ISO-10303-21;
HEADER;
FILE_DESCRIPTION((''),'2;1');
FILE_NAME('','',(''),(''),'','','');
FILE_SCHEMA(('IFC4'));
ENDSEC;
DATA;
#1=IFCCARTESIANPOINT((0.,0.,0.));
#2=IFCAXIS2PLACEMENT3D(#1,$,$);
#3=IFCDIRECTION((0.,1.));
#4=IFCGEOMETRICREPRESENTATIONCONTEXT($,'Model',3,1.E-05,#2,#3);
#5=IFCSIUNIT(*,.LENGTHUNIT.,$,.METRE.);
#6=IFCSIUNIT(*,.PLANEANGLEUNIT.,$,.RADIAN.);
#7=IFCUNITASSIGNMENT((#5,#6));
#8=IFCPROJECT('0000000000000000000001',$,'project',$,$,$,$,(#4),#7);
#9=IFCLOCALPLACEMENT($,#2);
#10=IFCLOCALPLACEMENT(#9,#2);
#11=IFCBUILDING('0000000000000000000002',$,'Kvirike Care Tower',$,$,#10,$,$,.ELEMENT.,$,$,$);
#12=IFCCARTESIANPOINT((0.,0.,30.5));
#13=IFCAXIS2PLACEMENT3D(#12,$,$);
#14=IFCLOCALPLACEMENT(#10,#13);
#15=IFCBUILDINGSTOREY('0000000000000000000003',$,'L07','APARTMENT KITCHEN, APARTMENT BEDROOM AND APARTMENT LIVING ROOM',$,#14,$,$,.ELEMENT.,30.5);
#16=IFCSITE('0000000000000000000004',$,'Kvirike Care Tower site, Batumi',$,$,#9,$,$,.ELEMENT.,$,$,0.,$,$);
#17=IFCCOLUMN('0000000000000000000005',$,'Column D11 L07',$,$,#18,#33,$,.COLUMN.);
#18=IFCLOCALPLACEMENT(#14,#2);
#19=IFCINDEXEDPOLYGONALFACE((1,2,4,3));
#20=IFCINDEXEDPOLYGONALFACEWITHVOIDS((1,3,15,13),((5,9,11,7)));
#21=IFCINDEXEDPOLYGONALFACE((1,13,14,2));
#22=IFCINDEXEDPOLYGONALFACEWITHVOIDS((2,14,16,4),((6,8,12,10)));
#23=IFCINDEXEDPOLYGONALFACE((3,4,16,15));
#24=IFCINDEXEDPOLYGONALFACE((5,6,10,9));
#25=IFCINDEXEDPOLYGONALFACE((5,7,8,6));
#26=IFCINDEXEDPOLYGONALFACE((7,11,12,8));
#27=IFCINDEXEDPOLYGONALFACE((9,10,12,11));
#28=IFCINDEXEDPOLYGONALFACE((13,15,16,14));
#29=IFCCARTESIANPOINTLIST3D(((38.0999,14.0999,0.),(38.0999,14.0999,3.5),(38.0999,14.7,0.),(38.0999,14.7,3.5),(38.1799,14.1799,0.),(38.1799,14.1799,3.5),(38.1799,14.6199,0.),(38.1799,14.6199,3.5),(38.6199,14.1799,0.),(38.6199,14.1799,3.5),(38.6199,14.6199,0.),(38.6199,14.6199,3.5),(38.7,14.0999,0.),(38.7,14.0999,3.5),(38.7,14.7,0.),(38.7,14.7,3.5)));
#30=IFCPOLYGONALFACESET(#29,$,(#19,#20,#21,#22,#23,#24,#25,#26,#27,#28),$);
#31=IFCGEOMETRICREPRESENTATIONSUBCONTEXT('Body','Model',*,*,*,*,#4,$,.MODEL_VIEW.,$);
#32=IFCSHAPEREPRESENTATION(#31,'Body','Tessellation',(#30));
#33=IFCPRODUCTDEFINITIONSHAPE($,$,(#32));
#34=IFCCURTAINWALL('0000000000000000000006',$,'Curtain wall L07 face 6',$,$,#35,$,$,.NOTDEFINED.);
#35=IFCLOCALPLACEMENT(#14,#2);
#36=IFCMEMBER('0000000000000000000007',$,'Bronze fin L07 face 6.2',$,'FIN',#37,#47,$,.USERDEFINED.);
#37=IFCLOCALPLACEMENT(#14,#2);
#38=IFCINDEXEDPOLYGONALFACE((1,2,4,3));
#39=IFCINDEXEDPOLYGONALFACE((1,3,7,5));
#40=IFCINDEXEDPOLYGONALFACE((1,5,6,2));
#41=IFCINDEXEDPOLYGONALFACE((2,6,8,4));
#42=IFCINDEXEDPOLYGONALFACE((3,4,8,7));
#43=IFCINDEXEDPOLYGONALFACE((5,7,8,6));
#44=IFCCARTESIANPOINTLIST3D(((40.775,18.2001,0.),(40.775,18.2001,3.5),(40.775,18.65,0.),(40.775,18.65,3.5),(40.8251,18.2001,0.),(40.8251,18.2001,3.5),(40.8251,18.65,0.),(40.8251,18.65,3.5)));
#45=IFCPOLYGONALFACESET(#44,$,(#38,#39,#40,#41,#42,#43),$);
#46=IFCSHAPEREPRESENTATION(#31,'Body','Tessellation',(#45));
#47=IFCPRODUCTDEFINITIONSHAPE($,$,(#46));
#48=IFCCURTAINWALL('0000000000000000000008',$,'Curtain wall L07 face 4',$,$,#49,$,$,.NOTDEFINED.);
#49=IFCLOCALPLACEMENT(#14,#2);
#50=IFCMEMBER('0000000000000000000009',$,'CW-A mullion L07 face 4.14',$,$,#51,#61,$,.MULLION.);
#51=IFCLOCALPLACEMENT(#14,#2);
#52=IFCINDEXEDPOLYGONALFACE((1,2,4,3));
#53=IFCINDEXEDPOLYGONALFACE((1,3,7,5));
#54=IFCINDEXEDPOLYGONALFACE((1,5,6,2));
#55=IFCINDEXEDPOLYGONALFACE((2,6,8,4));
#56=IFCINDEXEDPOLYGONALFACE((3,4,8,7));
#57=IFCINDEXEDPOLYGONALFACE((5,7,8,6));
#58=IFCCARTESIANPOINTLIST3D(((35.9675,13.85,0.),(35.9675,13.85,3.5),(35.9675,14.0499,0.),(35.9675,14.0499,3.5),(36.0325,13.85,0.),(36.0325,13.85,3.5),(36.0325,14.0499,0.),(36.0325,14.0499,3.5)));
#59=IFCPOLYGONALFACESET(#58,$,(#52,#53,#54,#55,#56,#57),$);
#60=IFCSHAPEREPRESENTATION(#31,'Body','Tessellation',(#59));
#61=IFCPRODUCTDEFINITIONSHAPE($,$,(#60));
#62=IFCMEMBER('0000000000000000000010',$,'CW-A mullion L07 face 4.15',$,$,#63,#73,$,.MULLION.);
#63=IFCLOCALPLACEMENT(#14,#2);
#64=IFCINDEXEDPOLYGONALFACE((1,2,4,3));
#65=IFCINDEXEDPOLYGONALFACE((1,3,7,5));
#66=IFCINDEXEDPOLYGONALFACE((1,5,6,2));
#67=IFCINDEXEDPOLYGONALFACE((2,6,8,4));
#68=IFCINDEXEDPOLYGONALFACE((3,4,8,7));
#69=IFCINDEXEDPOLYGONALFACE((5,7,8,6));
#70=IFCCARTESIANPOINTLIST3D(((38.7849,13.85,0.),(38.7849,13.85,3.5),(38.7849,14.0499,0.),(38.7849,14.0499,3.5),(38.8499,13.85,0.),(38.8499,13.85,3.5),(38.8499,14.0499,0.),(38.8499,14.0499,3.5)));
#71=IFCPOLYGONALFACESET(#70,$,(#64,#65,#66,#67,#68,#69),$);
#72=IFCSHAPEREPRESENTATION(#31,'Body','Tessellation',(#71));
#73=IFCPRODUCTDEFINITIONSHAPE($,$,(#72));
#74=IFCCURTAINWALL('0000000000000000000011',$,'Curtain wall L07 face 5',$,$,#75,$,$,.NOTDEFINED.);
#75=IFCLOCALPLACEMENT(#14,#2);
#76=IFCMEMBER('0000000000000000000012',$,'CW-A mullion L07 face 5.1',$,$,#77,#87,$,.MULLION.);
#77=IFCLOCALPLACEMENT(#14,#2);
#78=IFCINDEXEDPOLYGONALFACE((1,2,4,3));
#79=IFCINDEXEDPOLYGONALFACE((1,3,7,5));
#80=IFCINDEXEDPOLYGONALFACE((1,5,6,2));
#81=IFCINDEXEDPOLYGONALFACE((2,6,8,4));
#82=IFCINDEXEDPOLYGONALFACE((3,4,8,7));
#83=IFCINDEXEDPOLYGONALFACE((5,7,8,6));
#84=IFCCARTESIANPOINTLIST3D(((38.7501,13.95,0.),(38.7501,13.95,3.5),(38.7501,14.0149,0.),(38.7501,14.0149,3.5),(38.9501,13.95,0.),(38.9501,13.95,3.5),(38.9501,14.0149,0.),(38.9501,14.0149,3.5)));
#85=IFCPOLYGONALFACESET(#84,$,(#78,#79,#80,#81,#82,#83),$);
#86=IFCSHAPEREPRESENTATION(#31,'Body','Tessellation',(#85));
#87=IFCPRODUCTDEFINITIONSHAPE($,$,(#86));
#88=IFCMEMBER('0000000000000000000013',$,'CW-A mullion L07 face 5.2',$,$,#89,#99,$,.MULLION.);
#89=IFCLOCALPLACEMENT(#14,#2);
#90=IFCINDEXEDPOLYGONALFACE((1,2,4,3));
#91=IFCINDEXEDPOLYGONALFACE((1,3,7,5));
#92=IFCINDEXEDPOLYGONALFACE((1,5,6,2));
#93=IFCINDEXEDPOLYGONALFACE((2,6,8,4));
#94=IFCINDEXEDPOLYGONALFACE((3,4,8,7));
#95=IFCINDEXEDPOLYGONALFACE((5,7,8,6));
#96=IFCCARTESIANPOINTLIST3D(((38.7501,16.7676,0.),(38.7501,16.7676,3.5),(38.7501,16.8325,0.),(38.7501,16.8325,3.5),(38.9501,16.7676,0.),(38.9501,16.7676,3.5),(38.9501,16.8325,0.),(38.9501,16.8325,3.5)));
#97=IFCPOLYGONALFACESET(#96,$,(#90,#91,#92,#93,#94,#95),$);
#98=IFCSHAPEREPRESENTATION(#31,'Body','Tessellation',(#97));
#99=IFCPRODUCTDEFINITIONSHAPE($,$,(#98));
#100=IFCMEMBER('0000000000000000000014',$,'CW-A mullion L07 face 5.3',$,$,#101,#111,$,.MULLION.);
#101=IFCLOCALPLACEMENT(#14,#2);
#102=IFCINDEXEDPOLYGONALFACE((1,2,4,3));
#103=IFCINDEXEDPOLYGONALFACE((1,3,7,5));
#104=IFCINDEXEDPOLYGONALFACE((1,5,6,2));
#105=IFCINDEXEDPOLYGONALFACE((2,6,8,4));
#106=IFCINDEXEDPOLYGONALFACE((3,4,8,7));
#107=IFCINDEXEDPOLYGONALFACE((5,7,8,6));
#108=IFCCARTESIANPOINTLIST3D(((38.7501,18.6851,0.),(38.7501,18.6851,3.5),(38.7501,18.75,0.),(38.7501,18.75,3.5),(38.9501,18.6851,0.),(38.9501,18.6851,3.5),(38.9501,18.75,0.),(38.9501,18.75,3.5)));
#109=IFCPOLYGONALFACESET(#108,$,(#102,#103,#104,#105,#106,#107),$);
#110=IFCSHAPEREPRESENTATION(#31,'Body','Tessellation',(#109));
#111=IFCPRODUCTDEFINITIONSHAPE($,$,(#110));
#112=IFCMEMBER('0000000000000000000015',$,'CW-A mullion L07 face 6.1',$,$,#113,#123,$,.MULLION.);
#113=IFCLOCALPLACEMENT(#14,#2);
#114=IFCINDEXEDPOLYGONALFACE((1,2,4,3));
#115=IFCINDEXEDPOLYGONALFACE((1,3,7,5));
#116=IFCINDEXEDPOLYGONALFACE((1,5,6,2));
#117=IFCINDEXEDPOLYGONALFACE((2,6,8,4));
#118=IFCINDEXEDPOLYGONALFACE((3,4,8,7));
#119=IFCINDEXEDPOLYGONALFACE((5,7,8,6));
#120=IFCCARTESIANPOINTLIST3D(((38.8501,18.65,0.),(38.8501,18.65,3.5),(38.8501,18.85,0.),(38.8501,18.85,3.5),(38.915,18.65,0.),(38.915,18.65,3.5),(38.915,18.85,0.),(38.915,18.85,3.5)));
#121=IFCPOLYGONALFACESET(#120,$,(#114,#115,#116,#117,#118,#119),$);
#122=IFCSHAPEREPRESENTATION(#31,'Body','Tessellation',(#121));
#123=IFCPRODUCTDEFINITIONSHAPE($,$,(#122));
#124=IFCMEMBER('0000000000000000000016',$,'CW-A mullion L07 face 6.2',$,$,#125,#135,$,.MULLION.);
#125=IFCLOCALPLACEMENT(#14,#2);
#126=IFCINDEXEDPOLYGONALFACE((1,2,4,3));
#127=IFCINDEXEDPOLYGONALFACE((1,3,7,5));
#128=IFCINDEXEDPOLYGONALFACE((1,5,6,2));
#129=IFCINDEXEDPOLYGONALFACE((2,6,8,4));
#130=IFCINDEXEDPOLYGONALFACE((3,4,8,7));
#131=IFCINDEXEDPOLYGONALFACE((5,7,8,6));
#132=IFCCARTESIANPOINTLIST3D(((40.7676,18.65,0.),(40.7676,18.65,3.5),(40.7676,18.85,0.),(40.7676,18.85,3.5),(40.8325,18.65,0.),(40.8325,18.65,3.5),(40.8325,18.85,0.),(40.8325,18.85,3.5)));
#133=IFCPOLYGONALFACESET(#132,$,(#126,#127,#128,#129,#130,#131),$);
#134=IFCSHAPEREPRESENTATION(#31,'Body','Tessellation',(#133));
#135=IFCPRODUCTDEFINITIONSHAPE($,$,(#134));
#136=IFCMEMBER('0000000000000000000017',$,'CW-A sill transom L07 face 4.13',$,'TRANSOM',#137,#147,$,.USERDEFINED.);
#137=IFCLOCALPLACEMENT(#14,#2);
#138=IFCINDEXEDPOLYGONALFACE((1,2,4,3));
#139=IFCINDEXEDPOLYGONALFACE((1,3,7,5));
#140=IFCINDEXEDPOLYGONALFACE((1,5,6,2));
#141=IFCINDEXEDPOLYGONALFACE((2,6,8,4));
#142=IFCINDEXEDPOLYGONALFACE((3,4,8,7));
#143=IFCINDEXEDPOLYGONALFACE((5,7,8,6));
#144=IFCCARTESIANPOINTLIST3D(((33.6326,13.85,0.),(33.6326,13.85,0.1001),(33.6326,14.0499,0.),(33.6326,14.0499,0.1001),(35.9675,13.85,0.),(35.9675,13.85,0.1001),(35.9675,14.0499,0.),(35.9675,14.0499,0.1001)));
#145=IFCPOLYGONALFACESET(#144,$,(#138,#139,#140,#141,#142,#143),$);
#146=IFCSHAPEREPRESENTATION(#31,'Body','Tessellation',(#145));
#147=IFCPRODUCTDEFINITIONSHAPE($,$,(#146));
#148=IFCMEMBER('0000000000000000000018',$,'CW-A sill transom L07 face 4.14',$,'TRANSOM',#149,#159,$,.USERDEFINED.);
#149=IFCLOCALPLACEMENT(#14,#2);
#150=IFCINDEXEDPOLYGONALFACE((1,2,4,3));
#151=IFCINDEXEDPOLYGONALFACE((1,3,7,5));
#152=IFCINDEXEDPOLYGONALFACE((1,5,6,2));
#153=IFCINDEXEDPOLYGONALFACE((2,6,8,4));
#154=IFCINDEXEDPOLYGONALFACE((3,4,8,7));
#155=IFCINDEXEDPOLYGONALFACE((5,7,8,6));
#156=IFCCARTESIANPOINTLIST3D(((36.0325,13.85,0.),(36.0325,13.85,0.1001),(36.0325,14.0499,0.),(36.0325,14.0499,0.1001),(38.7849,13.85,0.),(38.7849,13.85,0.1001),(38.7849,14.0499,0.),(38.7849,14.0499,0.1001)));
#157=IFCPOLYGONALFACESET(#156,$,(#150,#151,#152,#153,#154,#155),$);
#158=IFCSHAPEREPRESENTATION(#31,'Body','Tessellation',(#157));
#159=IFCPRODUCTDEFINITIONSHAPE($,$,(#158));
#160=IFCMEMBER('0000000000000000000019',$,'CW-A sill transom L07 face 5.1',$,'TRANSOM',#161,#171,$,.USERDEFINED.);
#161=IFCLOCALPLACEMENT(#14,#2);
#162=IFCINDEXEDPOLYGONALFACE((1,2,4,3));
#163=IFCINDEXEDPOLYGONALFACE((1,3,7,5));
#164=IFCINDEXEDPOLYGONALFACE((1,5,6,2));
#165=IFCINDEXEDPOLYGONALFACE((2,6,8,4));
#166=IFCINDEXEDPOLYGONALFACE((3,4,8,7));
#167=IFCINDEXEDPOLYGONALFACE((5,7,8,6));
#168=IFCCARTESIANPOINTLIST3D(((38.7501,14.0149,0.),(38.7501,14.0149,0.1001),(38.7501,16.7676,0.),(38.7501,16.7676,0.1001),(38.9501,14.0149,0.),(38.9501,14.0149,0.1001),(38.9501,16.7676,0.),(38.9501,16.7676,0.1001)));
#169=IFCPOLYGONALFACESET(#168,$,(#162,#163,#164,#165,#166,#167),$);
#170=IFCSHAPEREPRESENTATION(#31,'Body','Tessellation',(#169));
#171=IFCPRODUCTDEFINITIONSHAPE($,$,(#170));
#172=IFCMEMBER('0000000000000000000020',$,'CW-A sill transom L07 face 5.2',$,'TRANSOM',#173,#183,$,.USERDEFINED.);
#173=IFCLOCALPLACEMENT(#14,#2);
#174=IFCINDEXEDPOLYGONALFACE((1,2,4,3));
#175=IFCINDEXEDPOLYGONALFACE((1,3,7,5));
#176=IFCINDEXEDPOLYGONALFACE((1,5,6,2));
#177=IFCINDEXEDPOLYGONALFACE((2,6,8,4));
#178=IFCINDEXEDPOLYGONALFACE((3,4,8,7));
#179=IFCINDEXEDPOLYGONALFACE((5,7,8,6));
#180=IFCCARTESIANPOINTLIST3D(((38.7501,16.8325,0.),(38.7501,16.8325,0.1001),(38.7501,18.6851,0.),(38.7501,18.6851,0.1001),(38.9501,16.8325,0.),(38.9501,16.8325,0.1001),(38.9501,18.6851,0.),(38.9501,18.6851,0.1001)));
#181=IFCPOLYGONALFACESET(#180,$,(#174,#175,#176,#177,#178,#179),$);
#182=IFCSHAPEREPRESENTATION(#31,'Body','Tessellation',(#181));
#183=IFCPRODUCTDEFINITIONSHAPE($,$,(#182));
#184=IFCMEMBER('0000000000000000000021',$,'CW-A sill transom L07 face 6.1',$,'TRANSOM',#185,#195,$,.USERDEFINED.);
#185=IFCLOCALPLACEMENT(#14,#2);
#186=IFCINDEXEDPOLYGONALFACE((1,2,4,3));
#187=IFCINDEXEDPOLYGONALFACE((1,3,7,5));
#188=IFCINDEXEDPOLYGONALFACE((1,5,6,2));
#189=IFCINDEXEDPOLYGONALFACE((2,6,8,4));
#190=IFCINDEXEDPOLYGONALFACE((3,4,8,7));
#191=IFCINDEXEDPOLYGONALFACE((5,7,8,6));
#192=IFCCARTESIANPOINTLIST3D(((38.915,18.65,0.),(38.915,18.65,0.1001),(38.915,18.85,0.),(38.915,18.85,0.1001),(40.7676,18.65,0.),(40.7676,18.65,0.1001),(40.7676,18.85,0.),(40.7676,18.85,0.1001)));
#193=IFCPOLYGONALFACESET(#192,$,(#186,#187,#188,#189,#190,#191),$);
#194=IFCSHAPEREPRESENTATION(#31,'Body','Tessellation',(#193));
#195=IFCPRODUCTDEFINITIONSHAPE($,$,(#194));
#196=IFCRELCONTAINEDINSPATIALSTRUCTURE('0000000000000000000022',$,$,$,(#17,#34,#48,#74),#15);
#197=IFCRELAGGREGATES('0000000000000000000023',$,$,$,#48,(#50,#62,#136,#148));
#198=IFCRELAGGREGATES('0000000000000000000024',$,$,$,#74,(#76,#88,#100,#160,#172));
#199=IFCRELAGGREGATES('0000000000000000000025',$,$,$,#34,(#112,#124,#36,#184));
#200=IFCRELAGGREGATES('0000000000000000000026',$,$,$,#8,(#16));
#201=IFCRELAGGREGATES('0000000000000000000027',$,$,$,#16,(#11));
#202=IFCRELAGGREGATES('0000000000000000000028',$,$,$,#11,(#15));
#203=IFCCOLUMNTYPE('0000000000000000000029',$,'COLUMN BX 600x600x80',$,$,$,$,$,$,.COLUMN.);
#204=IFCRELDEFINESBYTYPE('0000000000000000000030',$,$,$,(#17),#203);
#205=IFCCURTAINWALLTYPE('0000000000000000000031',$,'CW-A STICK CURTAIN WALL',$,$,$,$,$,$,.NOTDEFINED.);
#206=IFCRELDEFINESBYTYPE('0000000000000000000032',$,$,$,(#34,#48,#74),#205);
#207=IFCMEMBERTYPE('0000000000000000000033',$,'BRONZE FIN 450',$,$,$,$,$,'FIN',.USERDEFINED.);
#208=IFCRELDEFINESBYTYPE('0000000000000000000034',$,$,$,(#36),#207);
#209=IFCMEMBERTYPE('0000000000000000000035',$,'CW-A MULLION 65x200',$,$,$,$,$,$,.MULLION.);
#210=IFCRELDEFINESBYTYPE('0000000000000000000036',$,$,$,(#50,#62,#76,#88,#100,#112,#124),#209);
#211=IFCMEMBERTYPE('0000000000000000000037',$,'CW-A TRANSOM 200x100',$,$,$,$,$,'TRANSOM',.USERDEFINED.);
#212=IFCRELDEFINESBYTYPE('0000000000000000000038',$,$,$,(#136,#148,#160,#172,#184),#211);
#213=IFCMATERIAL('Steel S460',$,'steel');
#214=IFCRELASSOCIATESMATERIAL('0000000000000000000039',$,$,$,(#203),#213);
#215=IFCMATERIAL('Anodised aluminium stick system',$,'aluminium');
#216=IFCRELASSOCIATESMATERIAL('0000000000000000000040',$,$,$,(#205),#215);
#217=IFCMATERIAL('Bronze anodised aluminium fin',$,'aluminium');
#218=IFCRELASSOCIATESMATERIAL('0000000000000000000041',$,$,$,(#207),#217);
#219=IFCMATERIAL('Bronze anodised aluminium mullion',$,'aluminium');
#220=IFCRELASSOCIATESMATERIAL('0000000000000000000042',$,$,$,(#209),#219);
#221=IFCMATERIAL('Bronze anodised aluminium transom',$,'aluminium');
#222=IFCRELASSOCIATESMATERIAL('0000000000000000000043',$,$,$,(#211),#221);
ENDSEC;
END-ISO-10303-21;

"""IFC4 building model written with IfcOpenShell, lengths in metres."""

from ifc_helpers import new_model, si_unit, direction, frame, origin, origin_2d, place, context, subcontext, project, spatial, rectangle, hollow_rectangle, extrude, material, material_profile, profile_set, type_object, element, aggregate, save


model = new_model("IFC4")

# Units and contexts
model_context = context("Model", 3, precision=1e-05, world=origin(), true_north=direction((0.0, 1.0)))
body_context = subcontext(model_context, "Body", "Model", "MODEL_VIEW")
ifc_project = project(units=[si_unit("LENGTHUNIT", "METRE"), si_unit("PLANEANGLEUNIT", "RADIAN")], contexts=[model_context])

# Site, building, storey
site_placement = place(None, origin())
site = spatial("IfcSite", under=ifc_project, at=site_placement, Name="Kvirike Care Tower site, Batumi", CompositionType="ELEMENT", RefElevation=0.0)
building_placement = place(site_placement, origin())
building = spatial("IfcBuilding", under=site, at=building_placement, Name="Kvirike Care Tower", CompositionType="ELEMENT")
storey_placement = place(building_placement, frame((0.0, 0.0, 30.5)))
storey = spatial("IfcBuildingStorey", under=building, at=storey_placement, Name="L07", Description="APARTMENT KITCHEN, APARTMENT BEDROOM AND APARTMENT LIVING ROOM", CompositionType="ELEMENT", Elevation=30.5)

# Column
ifc_material_1 = material(Name="Steel S460", Category="steel")
ifc_material_profile_1 = material_profile(ifc_material_1, hollow_rectangle(XDim=0.6001, YDim=0.6001, WallThickness=0.0801, at=origin_2d()), Name="BX 600x600x80")
ifc_profile_set_1 = profile_set([ifc_material_profile_1], Name="Steel S460")
column_type = type_object("IfcColumnType", Name="COLUMN BX 600x600x80", PredefinedType="COLUMN", material=ifc_profile_set_1)
column_placement = place(storey_placement, frame((38.3999, 14.3999, 0.0), z_axis=(0.0, 0.0, 1.0), x_axis=(0.0, 1.0, 0.0)))
element("IfcColumn", 1, at=column_placement, inside=storey, type_object=column_type, Name="Column D11 L07", PredefinedType="COLUMN", context=body_context, shape_type="SweptSolid", body=[
    extrude(hollow_rectangle(XDim=0.6001, YDim=0.6001, WallThickness=0.0801, at=origin_2d()), origin(), (0.0, 0.0, 1.0), 3.5),
])

# Curtain wall, member
ifc_material_2 = material(Name="Anodised aluminium stick system", Category="aluminium")
curtain_wall_type = type_object("IfcCurtainWallType", Name="CW-A STICK CURTAIN WALL", PredefinedType="NOTDEFINED", material=ifc_material_2)
curtain_wall_1_placement = place(storey_placement, origin())
curtain_wall_1 = element("IfcCurtainWall", 2, at=curtain_wall_1_placement, inside=storey, type_object=curtain_wall_type, Name="Curtain wall L07 face 6", PredefinedType="NOTDEFINED")
ifc_material_3 = material(Name="Bronze anodised aluminium fin", Category="aluminium")
ifc_material_profile_2 = material_profile(ifc_material_3, rectangle(XDim=0.05, YDim=0.45, at=origin_2d()), Name="BRONZE FIN 450")
ifc_profile_set_2 = profile_set([ifc_material_profile_2], Name="Bronze anodised aluminium fin")
member_type_1 = type_object("IfcMemberType", Name="BRONZE FIN 450", ElementType="FIN", PredefinedType="USERDEFINED", material=ifc_profile_set_2)
member_1_placement = place(storey_placement, frame((40.8, 18.425, 0.0), z_axis=(0.0, 0.0, 1.0), x_axis=(1.0, 0.0, 0.0)))
member_1 = element("IfcMember", 3, at=member_1_placement, type_object=member_type_1, Name="Bronze fin L07 face 6.2", ObjectType="FIN", PredefinedType="USERDEFINED", context=body_context, shape_type="SweptSolid", body=[
    extrude(rectangle(XDim=0.05, YDim=0.45, at=origin_2d()), origin(), (0.0, 0.0, 1.0), 3.5),
])

# Curtain walls, members
curtain_wall_2_placement = place(storey_placement, origin())
curtain_wall_2 = element("IfcCurtainWall", 4, at=curtain_wall_2_placement, inside=storey, type_object=curtain_wall_type, Name="Curtain wall L07 face 4", PredefinedType="NOTDEFINED")
ifc_material_4 = material(Name="Bronze anodised aluminium mullion", Category="aluminium")
ifc_material_profile_3 = material_profile(ifc_material_4, rectangle(XDim=0.0649, YDim=0.2, at=origin_2d()), Name="CW-A MULLION 65x200")
ifc_profile_set_3 = profile_set([ifc_material_profile_3], Name="Bronze anodised aluminium mullion")
member_type_2 = type_object("IfcMemberType", Name="CW-A MULLION 65x200", PredefinedType="MULLION", material=ifc_profile_set_3)
member_2_placement = place(storey_placement, frame((36.0, 13.95, 0.0), z_axis=(0.0, 0.0, 1.0), x_axis=(1.0, 0.0, 0.0)))
member_2 = element("IfcMember", 5, at=member_2_placement, type_object=member_type_2, Name="CW-A mullion L07 face 4.14", PredefinedType="MULLION", context=body_context, shape_type="SweptSolid", body=[
    extrude(rectangle(XDim=0.0649, YDim=0.2, at=origin_2d()), origin(), (0.0, 0.0, 1.0), 3.5),
])
member_3_placement = place(storey_placement, frame((38.8174, 13.95, 0.0), z_axis=(0.0, 0.0, 1.0), x_axis=(1.0, 0.0, 0.0)))
member_3 = element("IfcMember", 6, at=member_3_placement, type_object=member_type_2, Name="CW-A mullion L07 face 4.15", PredefinedType="MULLION", context=body_context, shape_type="SweptSolid", body=[
    extrude(rectangle(XDim=0.0649, YDim=0.2, at=origin_2d()), origin(), (0.0, 0.0, 1.0), 3.5),
])
curtain_wall_3_placement = place(storey_placement, origin())
curtain_wall_3 = element("IfcCurtainWall", 7, at=curtain_wall_3_placement, inside=storey, type_object=curtain_wall_type, Name="Curtain wall L07 face 5", PredefinedType="NOTDEFINED")
member_4_placement = place(storey_placement, frame((38.8501, 13.9824, 0.0), z_axis=(0.0, 0.0, 1.0), x_axis=(0.0, 1.0, 0.0)))
member_4 = element("IfcMember", 8, at=member_4_placement, type_object=member_type_2, Name="CW-A mullion L07 face 5.1", PredefinedType="MULLION", context=body_context, shape_type="SweptSolid", body=[
    extrude(rectangle(XDim=0.0649, YDim=0.2, at=origin_2d()), origin(), (0.0, 0.0, 1.0), 3.5),
])
member_5_placement = place(storey_placement, frame((38.8501, 16.8, 0.0), z_axis=(0.0, 0.0, 1.0), x_axis=(0.0, 1.0, 0.0)))
member_5 = element("IfcMember", 9, at=member_5_placement, type_object=member_type_2, Name="CW-A mullion L07 face 5.2", PredefinedType="MULLION", context=body_context, shape_type="SweptSolid", body=[
    extrude(rectangle(XDim=0.0649, YDim=0.2, at=origin_2d()), origin(), (0.0, 0.0, 1.0), 3.5),
])
member_6_placement = place(storey_placement, frame((38.8501, 18.7175, 0.0), z_axis=(0.0, 0.0, 1.0), x_axis=(0.0, 1.0, 0.0)))
member_6 = element("IfcMember", 10, at=member_6_placement, type_object=member_type_2, Name="CW-A mullion L07 face 5.3", PredefinedType="MULLION", context=body_context, shape_type="SweptSolid", body=[
    extrude(rectangle(XDim=0.0649, YDim=0.2, at=origin_2d()), origin(), (0.0, 0.0, 1.0), 3.5),
])

# Members
member_7_placement = place(storey_placement, frame((38.8826, 18.75, 0.0), z_axis=(0.0, 0.0, 1.0), x_axis=(1.0, 0.0, 0.0)))
member_7 = element("IfcMember", 11, at=member_7_placement, type_object=member_type_2, Name="CW-A mullion L07 face 6.1", PredefinedType="MULLION", context=body_context, shape_type="SweptSolid", body=[
    extrude(rectangle(XDim=0.0649, YDim=0.2, at=origin_2d()), origin(), (0.0, 0.0, 1.0), 3.5),
])
member_8_placement = place(storey_placement, frame((40.8, 18.75, 0.0), z_axis=(0.0, 0.0, 1.0), x_axis=(1.0, 0.0, 0.0)))
member_8 = element("IfcMember", 12, at=member_8_placement, type_object=member_type_2, Name="CW-A mullion L07 face 6.2", PredefinedType="MULLION", context=body_context, shape_type="SweptSolid", body=[
    extrude(rectangle(XDim=0.0649, YDim=0.2, at=origin_2d()), origin(), (0.0, 0.0, 1.0), 3.5),
])
ifc_material_5 = material(Name="Bronze anodised aluminium transom", Category="aluminium")
ifc_material_profile_4 = material_profile(ifc_material_5, rectangle(XDim=0.2, YDim=0.1001, at=origin_2d()), Name="CW-A TRANSOM 200x100")
ifc_profile_set_4 = profile_set([ifc_material_profile_4], Name="Bronze anodised aluminium transom")
member_type_3 = type_object("IfcMemberType", Name="CW-A TRANSOM 200x100", ElementType="TRANSOM", PredefinedType="USERDEFINED", material=ifc_profile_set_4)
member_9_placement = place(storey_placement, frame((33.6326, 13.95, 0.05), z_axis=(1.0, 0.0, 0.0), x_axis=(0.0, 1.0, 0.0)))
member_9 = element("IfcMember", 13, at=member_9_placement, type_object=member_type_3, Name="CW-A sill transom L07 face 4.13", ObjectType="TRANSOM", PredefinedType="USERDEFINED", context=body_context, shape_type="SweptSolid", body=[
    extrude(rectangle(XDim=0.2, YDim=0.1001, at=origin_2d()), origin(), (0.0, 0.0, 1.0), 2.335),
])
member_10_placement = place(storey_placement, frame((36.0325, 13.95, 0.05), z_axis=(1.0, 0.0, 0.0), x_axis=(0.0, 1.0, 0.0)))
member_10 = element("IfcMember", 14, at=member_10_placement, type_object=member_type_3, Name="CW-A sill transom L07 face 4.14", ObjectType="TRANSOM", PredefinedType="USERDEFINED", context=body_context, shape_type="SweptSolid", body=[
    extrude(rectangle(XDim=0.2, YDim=0.1001, at=origin_2d()), origin(), (0.0, 0.0, 1.0), 2.7524),
])
member_11_placement = place(storey_placement, frame((38.8501, 14.0149, 0.05), z_axis=(0.0, 1.0, 0.0), x_axis=(-1.0, 0.0, 0.0)))
member_11 = element("IfcMember", 15, at=member_11_placement, type_object=member_type_3, Name="CW-A sill transom L07 face 5.1", ObjectType="TRANSOM", PredefinedType="USERDEFINED", context=body_context, shape_type="SweptSolid", body=[
    extrude(rectangle(XDim=0.2, YDim=0.1001, at=origin_2d()), origin(), (0.0, 0.0, 1.0), 2.7527),
])
member_12_placement = place(storey_placement, frame((38.8501, 16.8325, 0.05), z_axis=(0.0, 1.0, 0.0), x_axis=(-1.0, 0.0, 0.0)))
member_12 = element("IfcMember", 16, at=member_12_placement, type_object=member_type_3, Name="CW-A sill transom L07 face 5.2", ObjectType="TRANSOM", PredefinedType="USERDEFINED", context=body_context, shape_type="SweptSolid", body=[
    extrude(rectangle(XDim=0.2, YDim=0.1001, at=origin_2d()), origin(), (0.0, 0.0, 1.0), 1.8525),
])
member_13_placement = place(storey_placement, frame((38.915, 18.75, 0.05), z_axis=(1.0, 0.0, 0.0), x_axis=(0.0, 1.0, 0.0)))
member_13 = element("IfcMember", 17, at=member_13_placement, type_object=member_type_3, Name="CW-A sill transom L07 face 6.1", ObjectType="TRANSOM", PredefinedType="USERDEFINED", context=body_context, shape_type="SweptSolid", body=[
    extrude(rectangle(XDim=0.2, YDim=0.1001, at=origin_2d()), origin(), (0.0, 0.0, 1.0), 1.8525),
])

aggregate(curtain_wall_2, [member_2, member_3, member_9, member_10])
aggregate(curtain_wall_3, [member_4, member_5, member_6, member_11, member_12])
aggregate(curtain_wall_1, [member_7, member_8, member_1, member_13])

save(model, "model.ifc")
